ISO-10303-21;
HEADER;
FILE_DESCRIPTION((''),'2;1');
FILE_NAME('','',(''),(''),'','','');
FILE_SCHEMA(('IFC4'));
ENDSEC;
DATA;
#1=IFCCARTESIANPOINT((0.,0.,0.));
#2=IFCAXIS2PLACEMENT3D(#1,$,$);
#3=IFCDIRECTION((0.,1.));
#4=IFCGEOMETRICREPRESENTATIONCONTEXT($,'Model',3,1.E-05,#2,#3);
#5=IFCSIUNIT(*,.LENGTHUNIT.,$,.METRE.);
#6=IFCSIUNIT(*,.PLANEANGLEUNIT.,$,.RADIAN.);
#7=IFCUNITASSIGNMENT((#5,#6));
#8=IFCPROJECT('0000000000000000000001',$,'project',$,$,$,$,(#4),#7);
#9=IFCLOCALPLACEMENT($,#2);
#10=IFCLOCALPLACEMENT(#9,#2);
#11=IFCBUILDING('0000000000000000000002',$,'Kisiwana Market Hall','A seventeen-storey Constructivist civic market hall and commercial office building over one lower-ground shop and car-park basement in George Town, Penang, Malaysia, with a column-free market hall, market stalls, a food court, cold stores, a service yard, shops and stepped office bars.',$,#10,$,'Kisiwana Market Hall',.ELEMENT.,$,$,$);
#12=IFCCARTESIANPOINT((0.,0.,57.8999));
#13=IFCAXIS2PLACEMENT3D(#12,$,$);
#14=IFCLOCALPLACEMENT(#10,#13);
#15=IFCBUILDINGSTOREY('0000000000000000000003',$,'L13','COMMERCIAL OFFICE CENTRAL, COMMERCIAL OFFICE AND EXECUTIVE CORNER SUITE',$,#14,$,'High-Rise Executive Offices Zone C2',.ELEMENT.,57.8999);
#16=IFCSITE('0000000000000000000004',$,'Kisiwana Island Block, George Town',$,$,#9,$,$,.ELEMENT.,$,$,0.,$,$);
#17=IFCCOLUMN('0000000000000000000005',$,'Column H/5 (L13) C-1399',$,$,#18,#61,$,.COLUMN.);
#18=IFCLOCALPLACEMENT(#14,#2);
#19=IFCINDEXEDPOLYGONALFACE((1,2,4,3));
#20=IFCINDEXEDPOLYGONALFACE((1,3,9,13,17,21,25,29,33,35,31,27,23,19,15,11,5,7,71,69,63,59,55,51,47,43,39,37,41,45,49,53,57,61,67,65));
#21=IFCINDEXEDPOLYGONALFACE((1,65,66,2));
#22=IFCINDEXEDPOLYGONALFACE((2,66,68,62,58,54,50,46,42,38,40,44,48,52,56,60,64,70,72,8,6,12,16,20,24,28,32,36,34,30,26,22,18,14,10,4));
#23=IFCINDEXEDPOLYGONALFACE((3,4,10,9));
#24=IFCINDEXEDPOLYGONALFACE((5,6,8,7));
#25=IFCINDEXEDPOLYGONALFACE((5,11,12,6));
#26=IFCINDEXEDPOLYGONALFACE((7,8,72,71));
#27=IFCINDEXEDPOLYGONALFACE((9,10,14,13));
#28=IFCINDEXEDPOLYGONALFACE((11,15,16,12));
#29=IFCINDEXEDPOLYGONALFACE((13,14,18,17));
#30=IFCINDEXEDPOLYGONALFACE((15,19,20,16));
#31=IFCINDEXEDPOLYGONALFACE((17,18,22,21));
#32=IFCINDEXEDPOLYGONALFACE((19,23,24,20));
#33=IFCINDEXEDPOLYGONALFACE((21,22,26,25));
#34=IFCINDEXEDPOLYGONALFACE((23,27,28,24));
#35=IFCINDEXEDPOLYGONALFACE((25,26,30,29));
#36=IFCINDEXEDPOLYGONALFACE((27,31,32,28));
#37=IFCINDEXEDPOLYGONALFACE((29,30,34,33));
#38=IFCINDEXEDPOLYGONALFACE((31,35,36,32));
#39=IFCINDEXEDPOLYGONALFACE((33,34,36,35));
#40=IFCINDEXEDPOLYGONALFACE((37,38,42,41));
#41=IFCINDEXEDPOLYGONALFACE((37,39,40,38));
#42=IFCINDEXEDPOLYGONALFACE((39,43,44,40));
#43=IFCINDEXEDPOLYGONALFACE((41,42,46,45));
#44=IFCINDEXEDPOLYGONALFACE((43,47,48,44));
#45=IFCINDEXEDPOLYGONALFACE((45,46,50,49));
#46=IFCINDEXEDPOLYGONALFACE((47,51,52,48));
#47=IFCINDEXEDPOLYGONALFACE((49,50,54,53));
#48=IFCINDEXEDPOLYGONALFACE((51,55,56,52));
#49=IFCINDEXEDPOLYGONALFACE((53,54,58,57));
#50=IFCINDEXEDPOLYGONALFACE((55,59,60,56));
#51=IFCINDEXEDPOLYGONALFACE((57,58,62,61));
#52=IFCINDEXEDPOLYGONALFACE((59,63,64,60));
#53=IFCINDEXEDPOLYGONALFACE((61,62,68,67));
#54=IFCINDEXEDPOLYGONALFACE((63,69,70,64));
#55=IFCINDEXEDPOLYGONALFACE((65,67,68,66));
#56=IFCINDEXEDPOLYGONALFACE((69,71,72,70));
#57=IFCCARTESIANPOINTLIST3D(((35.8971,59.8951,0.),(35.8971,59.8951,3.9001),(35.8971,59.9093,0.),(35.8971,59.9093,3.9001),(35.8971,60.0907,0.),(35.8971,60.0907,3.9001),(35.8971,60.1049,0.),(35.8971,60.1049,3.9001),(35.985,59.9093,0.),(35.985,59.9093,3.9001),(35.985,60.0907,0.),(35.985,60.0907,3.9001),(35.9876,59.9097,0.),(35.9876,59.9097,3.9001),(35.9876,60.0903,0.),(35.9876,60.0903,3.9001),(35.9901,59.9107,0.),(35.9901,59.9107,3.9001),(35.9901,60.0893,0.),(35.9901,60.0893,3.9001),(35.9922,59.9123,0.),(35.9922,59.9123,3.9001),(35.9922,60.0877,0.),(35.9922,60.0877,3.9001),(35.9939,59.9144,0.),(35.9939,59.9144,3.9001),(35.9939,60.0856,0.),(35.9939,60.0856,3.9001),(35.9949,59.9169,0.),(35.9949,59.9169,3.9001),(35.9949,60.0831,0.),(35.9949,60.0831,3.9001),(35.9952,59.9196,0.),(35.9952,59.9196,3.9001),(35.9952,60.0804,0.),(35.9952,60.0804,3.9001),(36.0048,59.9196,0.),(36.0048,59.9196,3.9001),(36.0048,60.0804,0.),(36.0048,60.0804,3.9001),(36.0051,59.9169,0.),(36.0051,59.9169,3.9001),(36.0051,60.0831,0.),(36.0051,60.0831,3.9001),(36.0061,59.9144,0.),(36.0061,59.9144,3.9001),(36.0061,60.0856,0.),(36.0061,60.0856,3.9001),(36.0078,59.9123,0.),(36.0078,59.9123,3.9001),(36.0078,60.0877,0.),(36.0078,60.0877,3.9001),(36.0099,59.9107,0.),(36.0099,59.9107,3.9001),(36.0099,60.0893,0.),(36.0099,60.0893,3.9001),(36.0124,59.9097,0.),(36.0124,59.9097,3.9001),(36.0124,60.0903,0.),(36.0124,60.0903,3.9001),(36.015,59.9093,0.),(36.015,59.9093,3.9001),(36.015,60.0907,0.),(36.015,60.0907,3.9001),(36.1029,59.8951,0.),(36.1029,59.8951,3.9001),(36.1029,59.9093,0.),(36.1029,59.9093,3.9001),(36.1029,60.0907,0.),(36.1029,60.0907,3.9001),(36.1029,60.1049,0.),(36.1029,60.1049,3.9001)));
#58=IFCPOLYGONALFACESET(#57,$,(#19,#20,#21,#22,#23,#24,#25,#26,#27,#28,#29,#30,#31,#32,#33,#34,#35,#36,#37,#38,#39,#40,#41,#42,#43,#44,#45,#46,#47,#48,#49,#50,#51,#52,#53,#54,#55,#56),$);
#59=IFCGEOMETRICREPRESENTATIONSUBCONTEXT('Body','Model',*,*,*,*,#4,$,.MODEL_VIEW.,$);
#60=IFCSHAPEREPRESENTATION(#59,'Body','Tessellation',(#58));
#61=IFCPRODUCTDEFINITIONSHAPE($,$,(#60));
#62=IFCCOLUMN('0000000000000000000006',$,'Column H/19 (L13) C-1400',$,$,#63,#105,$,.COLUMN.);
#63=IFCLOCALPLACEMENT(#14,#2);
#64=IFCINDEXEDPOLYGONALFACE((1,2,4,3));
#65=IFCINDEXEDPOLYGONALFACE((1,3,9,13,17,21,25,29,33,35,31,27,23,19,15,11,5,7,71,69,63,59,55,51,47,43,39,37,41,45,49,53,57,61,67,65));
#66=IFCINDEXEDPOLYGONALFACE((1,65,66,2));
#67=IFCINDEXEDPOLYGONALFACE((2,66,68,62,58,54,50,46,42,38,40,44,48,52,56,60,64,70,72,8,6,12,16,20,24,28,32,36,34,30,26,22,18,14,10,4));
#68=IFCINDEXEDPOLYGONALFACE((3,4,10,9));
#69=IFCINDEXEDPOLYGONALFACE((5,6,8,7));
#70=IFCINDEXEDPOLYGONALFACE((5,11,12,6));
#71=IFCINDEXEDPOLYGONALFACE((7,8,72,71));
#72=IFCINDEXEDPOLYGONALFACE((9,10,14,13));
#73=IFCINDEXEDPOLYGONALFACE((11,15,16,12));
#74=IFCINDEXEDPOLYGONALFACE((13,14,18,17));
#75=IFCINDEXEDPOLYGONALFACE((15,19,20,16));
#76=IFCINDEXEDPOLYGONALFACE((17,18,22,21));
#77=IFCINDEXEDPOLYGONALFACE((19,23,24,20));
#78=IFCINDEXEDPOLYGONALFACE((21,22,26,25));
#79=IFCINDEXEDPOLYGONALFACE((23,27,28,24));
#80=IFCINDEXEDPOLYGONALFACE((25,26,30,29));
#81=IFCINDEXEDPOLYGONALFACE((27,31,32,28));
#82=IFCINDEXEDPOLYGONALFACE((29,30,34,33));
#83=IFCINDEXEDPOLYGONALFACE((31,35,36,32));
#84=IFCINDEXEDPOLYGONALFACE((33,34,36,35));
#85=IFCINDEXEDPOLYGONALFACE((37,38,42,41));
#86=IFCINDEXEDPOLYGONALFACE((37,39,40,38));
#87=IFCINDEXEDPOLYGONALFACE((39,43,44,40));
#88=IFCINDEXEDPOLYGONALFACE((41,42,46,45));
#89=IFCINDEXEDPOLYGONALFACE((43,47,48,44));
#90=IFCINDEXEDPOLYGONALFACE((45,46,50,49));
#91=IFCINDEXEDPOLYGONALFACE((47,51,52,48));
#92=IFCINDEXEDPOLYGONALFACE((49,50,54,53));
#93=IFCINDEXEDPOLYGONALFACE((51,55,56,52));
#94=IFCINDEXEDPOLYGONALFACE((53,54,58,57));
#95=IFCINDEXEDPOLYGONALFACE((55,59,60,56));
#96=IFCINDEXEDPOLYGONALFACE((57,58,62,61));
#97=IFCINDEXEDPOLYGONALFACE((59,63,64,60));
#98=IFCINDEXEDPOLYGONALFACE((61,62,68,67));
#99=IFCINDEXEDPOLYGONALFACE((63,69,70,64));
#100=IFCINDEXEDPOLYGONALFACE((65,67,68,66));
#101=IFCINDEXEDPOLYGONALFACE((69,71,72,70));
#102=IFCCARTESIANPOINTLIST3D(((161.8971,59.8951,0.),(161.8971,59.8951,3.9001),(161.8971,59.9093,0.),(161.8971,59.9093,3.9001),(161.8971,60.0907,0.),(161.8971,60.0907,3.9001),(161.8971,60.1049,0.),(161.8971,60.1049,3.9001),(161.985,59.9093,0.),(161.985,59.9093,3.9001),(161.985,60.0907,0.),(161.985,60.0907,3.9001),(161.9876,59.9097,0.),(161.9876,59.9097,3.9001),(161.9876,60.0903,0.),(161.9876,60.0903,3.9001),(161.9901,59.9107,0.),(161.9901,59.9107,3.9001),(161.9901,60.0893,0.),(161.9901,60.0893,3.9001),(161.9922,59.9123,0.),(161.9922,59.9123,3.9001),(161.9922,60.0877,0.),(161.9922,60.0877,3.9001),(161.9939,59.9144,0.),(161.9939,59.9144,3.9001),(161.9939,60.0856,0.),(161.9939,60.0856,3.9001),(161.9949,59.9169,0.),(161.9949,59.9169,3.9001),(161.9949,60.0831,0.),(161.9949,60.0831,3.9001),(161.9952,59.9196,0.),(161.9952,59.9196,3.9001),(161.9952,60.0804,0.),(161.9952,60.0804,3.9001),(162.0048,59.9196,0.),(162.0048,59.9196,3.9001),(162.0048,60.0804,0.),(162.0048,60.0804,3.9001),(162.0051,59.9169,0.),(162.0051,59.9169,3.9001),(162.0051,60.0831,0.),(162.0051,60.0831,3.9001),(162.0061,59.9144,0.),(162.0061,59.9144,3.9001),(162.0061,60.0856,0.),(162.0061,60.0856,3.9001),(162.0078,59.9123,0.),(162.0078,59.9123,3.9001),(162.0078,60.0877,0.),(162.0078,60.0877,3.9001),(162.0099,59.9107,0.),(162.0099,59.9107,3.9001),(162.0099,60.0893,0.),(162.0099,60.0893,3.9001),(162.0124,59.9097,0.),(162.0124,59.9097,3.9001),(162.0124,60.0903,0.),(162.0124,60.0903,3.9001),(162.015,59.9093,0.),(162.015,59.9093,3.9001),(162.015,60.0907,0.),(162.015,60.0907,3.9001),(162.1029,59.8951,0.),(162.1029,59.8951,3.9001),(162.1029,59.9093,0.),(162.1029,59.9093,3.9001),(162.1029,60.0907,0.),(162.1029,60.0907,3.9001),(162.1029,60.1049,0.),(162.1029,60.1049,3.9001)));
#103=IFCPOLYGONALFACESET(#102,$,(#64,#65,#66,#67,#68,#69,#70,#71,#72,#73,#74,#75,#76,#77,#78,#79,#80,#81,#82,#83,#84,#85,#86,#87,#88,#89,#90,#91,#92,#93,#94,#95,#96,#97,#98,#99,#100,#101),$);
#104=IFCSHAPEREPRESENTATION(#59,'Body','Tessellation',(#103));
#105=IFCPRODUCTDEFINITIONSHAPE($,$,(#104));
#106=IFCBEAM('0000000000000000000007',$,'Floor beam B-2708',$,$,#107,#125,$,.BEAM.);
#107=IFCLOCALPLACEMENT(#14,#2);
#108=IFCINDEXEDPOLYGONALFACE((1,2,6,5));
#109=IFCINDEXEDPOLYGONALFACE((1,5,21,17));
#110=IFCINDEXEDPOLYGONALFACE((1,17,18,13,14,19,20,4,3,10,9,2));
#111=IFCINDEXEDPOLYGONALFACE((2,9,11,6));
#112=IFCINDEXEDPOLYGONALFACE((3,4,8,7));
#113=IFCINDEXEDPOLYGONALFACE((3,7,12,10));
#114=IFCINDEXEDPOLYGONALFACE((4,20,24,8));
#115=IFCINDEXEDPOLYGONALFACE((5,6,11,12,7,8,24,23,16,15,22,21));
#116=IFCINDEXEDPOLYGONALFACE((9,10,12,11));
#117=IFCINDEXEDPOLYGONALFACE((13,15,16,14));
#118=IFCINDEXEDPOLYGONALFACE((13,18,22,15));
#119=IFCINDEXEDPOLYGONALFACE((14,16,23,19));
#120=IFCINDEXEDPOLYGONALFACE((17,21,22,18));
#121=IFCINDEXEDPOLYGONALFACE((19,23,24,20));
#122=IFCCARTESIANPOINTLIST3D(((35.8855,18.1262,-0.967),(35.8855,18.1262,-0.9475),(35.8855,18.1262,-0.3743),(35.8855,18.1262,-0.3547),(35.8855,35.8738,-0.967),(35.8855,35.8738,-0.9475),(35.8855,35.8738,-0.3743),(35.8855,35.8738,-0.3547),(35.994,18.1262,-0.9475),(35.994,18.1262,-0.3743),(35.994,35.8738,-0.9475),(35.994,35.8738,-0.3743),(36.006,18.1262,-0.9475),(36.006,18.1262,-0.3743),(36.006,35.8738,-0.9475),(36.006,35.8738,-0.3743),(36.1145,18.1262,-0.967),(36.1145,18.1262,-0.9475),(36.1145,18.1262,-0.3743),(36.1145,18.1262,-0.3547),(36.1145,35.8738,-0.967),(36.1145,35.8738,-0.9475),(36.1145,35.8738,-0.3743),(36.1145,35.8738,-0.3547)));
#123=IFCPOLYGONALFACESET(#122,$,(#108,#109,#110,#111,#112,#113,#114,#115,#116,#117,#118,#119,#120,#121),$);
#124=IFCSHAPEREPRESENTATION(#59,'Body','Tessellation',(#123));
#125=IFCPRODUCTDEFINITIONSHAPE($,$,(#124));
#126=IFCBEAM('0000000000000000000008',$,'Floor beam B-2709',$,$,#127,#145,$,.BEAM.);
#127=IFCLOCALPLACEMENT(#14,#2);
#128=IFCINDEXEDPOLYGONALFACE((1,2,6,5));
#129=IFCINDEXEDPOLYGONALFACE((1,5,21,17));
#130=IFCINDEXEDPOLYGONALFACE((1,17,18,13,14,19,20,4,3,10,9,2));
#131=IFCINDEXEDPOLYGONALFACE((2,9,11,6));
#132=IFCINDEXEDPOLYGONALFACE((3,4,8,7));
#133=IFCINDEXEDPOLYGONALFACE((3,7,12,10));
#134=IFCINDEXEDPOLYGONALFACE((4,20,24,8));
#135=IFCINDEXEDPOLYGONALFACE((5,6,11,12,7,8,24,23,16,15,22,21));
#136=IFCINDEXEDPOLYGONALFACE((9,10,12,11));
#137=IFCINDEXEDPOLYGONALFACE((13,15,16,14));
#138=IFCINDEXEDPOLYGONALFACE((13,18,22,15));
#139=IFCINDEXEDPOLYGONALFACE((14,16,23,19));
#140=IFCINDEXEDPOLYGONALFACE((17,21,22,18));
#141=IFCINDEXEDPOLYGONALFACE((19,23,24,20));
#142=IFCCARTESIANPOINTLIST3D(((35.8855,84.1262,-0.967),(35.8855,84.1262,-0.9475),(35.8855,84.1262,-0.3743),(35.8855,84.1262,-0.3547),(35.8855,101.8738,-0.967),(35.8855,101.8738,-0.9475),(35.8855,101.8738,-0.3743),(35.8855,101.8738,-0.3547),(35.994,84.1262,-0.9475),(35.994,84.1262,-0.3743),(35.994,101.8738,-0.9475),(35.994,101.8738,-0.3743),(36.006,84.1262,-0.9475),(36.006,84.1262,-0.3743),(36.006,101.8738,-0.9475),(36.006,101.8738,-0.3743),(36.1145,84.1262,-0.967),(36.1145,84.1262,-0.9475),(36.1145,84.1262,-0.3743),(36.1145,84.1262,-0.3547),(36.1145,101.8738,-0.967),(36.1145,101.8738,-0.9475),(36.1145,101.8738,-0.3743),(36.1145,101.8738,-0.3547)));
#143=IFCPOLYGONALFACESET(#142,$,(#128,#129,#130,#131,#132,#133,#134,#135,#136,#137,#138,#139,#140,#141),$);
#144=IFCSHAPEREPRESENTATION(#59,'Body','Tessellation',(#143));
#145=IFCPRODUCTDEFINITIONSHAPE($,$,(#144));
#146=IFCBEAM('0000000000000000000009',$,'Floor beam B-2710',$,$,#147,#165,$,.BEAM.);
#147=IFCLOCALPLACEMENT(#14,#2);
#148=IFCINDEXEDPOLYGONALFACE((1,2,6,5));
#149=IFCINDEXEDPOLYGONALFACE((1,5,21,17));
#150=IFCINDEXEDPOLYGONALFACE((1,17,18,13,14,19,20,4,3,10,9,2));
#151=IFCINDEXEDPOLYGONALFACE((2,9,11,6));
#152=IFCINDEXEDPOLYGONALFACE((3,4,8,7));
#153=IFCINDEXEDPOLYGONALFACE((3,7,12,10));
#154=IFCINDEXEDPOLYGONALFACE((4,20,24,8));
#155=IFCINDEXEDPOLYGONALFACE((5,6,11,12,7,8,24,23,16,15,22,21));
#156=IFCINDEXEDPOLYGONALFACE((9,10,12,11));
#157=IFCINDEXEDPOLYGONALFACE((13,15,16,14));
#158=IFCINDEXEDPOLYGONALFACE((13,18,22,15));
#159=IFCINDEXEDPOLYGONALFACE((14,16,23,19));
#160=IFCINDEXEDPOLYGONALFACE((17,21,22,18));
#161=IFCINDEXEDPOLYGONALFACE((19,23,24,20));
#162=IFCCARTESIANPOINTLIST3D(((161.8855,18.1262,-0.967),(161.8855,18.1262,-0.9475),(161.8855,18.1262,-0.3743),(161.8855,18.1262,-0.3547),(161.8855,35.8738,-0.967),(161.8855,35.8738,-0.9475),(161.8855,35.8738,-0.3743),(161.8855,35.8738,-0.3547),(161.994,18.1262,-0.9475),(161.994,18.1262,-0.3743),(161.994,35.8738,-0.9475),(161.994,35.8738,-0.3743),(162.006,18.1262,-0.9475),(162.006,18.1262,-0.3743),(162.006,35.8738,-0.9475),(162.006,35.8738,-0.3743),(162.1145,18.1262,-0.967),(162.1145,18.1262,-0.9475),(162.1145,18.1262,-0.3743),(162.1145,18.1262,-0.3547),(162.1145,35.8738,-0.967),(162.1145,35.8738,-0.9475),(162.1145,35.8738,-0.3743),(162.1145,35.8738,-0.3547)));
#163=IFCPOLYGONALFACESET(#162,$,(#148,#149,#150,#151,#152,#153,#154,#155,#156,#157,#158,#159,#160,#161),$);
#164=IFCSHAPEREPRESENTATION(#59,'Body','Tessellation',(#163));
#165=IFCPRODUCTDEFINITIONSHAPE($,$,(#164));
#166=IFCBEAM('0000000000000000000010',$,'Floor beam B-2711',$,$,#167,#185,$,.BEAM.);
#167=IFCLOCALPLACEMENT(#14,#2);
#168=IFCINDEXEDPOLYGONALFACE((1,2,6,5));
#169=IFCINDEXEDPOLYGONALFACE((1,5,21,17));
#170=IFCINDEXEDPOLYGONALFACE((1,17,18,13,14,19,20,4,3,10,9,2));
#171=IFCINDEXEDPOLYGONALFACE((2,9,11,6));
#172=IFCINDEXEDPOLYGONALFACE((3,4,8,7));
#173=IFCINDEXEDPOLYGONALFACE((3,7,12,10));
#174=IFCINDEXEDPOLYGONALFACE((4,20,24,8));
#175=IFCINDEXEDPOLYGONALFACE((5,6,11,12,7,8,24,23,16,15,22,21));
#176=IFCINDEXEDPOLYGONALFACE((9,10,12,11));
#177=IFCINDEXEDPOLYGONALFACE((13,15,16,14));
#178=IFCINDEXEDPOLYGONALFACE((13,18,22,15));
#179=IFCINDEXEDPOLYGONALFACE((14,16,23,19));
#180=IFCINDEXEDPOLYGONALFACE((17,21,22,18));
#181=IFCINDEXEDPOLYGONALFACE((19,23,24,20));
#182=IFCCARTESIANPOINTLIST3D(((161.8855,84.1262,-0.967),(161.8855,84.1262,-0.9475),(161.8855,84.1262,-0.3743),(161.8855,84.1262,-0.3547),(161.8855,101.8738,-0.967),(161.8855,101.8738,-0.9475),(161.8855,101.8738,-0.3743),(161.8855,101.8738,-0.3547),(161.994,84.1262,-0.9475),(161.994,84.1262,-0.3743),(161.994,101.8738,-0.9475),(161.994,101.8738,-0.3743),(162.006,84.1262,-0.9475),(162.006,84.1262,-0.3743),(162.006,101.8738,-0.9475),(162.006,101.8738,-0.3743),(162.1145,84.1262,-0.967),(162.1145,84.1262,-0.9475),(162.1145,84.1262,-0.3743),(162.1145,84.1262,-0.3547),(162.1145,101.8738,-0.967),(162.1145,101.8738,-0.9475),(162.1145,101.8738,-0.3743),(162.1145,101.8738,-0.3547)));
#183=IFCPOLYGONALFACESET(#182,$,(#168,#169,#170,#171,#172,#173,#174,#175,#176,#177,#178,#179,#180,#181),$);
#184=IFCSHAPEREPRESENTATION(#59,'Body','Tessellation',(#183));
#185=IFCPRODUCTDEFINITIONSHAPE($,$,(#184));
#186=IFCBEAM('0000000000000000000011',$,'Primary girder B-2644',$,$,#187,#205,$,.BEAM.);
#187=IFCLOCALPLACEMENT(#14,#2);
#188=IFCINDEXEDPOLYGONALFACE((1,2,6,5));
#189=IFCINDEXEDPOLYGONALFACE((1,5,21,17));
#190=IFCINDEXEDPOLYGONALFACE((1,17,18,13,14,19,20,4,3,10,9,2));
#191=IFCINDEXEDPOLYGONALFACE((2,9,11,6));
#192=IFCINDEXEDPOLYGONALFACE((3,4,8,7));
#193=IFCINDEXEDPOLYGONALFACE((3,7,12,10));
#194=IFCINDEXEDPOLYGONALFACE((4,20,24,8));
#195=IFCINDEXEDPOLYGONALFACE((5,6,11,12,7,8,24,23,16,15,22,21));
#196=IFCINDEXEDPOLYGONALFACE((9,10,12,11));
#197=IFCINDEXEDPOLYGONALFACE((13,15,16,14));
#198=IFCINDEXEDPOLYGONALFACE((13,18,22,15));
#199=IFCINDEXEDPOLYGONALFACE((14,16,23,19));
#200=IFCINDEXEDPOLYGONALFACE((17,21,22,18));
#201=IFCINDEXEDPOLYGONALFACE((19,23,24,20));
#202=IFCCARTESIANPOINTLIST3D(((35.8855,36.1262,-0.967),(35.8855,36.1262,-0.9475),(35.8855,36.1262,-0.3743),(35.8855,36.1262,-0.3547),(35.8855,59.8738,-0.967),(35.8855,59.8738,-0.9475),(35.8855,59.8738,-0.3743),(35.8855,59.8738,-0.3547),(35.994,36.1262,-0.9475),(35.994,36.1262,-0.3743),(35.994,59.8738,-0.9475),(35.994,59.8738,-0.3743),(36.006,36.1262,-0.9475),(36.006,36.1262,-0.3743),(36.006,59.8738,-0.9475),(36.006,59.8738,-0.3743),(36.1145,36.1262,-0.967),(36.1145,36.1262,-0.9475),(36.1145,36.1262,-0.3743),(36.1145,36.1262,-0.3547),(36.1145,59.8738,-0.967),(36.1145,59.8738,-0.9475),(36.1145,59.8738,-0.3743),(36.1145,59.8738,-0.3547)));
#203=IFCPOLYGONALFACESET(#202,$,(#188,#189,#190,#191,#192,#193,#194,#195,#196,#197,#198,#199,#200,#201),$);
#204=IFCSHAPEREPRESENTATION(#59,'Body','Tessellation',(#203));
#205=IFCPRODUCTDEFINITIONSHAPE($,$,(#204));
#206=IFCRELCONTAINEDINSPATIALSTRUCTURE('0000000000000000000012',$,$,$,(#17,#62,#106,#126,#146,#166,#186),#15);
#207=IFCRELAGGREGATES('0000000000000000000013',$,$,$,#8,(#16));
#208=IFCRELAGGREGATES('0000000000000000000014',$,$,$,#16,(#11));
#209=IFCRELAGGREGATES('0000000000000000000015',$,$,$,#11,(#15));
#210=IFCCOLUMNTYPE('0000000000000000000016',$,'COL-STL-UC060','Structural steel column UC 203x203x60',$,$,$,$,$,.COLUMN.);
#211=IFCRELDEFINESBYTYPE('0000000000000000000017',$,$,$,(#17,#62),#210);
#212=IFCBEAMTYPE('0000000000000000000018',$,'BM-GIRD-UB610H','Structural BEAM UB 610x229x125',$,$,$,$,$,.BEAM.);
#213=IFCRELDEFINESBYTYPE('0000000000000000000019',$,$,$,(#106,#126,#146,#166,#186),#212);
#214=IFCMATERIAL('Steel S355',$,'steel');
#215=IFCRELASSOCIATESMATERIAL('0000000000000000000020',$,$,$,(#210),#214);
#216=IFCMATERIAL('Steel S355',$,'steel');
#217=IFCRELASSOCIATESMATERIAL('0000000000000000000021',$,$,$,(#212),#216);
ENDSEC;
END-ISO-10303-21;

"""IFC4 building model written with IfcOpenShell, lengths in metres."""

from ifc_helpers import new_model, si_unit, direction, frame, origin, origin_2d, place, context, subcontext, project, spatial, i_section, extrude, material, material_profile, profile_set, type_object, element, save


model = new_model("IFC4")

# Units and contexts
model_context = context("Model", 3, precision=1e-05, world=origin(), true_north=direction((0.0, 1.0)))
body_context = subcontext(model_context, "Body", "Model", "MODEL_VIEW")
ifc_project = project(units=[si_unit("LENGTHUNIT", "METRE"), si_unit("PLANEANGLEUNIT", "RADIAN")], contexts=[model_context])

# Site, building, storey
site_placement = place(None, origin())
site = spatial("IfcSite", under=ifc_project, at=site_placement, Name="Kisiwana Island Block, George Town", CompositionType="ELEMENT", RefElevation=0.0)
building_placement = place(site_placement, origin())
building = spatial("IfcBuilding", under=site, at=building_placement, Name="Kisiwana Market Hall", Description="A seventeen-storey Constructivist civic market hall and commercial office building over one lower-ground shop and car-park basement in George Town, Penang, Malaysia, with a column-free market hall, market stalls, a food court, cold stores, a service yard, shops and stepped office bars.", LongName="Kisiwana Market Hall", CompositionType="ELEMENT")
storey_placement = place(building_placement, frame((0.0, 0.0, 57.8999)))
storey = spatial("IfcBuildingStorey", under=building, at=storey_placement, Name="L13", Description="COMMERCIAL OFFICE CENTRAL, COMMERCIAL OFFICE AND EXECUTIVE CORNER SUITE", LongName="High-Rise Executive Offices Zone C2", CompositionType="ELEMENT", Elevation=57.8999)

# Columns
ifc_material_1 = material(Name="Steel S355", Category="steel")
ifc_material_profile_1 = material_profile(ifc_material_1, i_section(OverallWidth=0.2058, OverallDepth=0.2097, WebThickness=0.0095, FlangeThickness=0.0142, FilletRadius=0.0103, at=origin_2d()), Name="UC 203x203x60")
ifc_profile_set_1 = profile_set([ifc_material_profile_1], Name="Steel S355")
column_type = type_object("IfcColumnType", Name="COL-STL-UC060", Description="Structural steel column UC 203x203x60", PredefinedType="COLUMN", material=ifc_profile_set_1)
for number, where, z_axis, x_axis, name in (
    (1, (36.0, 60.0, 0.0), (0.0, 0.0, 1.0), (1.0, 0.0, 0.0), "Column H/5 (L13) C-1399"),
    (2, (162.0, 60.0, 0.0), (0.0, 0.0, 1.0), (1.0, 0.0, 0.0), "Column H/19 (L13) C-1400"),
):
    element("IfcColumn", number, at=place(storey_placement, frame(where, z_axis=z_axis, x_axis=x_axis)), inside=storey, type_object=column_type, Name=name, PredefinedType="COLUMN", context=body_context, shape_type="SweptSolid", body=[
        extrude(i_section(OverallWidth=0.2058, OverallDepth=0.2097, WebThickness=0.0095, FlangeThickness=0.0142, FilletRadius=0.0103, at=origin_2d()), origin(), (0.0, 0.0, 1.0), 3.9001),
    ])

# Beams
ifc_material_2 = material(Name="Steel S355", Category="steel")
ifc_material_profile_2 = material_profile(ifc_material_2, i_section(OverallWidth=0.229, OverallDepth=0.6123, WebThickness=0.012, FlangeThickness=0.0195, at=origin_2d()), Name="UB 610x229x125")
ifc_profile_set_2 = profile_set([ifc_material_profile_2], Name="Steel S355")
beam_type = type_object("IfcBeamType", Name="BM-GIRD-UB610H", Description="Structural BEAM UB 610x229x125", PredefinedType="BEAM", material=ifc_profile_set_2)
for number, where, z_axis, x_axis, name in (
    (3, (36.0, 18.1262, -0.6609), (0.0, 1.0, 0.0), (-1.0, 0.0, 0.0), "Floor beam B-2708"),
    (4, (36.0, 84.1262, -0.6609), (0.0, 1.0, 0.0), (-1.0, 0.0, 0.0), "Floor beam B-2709"),
    (5, (162.0, 18.1262, -0.6609), (0.0, 1.0, 0.0), (-1.0, 0.0, 0.0), "Floor beam B-2710"),
    (6, (162.0, 84.1262, -0.6609), (0.0, 1.0, 0.0), (-1.0, 0.0, 0.0), "Floor beam B-2711"),
):
    element("IfcBeam", number, at=place(storey_placement, frame(where, z_axis=z_axis, x_axis=x_axis)), inside=storey, type_object=beam_type, Name=name, PredefinedType="BEAM", context=body_context, shape_type="SweptSolid", body=[
        extrude(i_section(OverallWidth=0.229, OverallDepth=0.6123, WebThickness=0.012, FlangeThickness=0.0195, at=origin_2d()), origin(), (0.0, 0.0, 1.0), 17.7476),
    ])
for number, where, z_axis, x_axis, name in (
    (7, (36.0, 36.1262, -0.6609), (0.0, 1.0, 0.0), (-1.0, 0.0, 0.0), "Primary girder B-2644"),
):
    element("IfcBeam", number, at=place(storey_placement, frame(where, z_axis=z_axis, x_axis=x_axis)), inside=storey, type_object=beam_type, Name=name, PredefinedType="BEAM", context=body_context, shape_type="SweptSolid", body=[
        extrude(i_section(OverallWidth=0.229, OverallDepth=0.6123, WebThickness=0.012, FlangeThickness=0.0195, at=origin_2d()), origin(), (0.0, 0.0, 1.0), 23.7476),
    ])

save(model, "model.ifc")
